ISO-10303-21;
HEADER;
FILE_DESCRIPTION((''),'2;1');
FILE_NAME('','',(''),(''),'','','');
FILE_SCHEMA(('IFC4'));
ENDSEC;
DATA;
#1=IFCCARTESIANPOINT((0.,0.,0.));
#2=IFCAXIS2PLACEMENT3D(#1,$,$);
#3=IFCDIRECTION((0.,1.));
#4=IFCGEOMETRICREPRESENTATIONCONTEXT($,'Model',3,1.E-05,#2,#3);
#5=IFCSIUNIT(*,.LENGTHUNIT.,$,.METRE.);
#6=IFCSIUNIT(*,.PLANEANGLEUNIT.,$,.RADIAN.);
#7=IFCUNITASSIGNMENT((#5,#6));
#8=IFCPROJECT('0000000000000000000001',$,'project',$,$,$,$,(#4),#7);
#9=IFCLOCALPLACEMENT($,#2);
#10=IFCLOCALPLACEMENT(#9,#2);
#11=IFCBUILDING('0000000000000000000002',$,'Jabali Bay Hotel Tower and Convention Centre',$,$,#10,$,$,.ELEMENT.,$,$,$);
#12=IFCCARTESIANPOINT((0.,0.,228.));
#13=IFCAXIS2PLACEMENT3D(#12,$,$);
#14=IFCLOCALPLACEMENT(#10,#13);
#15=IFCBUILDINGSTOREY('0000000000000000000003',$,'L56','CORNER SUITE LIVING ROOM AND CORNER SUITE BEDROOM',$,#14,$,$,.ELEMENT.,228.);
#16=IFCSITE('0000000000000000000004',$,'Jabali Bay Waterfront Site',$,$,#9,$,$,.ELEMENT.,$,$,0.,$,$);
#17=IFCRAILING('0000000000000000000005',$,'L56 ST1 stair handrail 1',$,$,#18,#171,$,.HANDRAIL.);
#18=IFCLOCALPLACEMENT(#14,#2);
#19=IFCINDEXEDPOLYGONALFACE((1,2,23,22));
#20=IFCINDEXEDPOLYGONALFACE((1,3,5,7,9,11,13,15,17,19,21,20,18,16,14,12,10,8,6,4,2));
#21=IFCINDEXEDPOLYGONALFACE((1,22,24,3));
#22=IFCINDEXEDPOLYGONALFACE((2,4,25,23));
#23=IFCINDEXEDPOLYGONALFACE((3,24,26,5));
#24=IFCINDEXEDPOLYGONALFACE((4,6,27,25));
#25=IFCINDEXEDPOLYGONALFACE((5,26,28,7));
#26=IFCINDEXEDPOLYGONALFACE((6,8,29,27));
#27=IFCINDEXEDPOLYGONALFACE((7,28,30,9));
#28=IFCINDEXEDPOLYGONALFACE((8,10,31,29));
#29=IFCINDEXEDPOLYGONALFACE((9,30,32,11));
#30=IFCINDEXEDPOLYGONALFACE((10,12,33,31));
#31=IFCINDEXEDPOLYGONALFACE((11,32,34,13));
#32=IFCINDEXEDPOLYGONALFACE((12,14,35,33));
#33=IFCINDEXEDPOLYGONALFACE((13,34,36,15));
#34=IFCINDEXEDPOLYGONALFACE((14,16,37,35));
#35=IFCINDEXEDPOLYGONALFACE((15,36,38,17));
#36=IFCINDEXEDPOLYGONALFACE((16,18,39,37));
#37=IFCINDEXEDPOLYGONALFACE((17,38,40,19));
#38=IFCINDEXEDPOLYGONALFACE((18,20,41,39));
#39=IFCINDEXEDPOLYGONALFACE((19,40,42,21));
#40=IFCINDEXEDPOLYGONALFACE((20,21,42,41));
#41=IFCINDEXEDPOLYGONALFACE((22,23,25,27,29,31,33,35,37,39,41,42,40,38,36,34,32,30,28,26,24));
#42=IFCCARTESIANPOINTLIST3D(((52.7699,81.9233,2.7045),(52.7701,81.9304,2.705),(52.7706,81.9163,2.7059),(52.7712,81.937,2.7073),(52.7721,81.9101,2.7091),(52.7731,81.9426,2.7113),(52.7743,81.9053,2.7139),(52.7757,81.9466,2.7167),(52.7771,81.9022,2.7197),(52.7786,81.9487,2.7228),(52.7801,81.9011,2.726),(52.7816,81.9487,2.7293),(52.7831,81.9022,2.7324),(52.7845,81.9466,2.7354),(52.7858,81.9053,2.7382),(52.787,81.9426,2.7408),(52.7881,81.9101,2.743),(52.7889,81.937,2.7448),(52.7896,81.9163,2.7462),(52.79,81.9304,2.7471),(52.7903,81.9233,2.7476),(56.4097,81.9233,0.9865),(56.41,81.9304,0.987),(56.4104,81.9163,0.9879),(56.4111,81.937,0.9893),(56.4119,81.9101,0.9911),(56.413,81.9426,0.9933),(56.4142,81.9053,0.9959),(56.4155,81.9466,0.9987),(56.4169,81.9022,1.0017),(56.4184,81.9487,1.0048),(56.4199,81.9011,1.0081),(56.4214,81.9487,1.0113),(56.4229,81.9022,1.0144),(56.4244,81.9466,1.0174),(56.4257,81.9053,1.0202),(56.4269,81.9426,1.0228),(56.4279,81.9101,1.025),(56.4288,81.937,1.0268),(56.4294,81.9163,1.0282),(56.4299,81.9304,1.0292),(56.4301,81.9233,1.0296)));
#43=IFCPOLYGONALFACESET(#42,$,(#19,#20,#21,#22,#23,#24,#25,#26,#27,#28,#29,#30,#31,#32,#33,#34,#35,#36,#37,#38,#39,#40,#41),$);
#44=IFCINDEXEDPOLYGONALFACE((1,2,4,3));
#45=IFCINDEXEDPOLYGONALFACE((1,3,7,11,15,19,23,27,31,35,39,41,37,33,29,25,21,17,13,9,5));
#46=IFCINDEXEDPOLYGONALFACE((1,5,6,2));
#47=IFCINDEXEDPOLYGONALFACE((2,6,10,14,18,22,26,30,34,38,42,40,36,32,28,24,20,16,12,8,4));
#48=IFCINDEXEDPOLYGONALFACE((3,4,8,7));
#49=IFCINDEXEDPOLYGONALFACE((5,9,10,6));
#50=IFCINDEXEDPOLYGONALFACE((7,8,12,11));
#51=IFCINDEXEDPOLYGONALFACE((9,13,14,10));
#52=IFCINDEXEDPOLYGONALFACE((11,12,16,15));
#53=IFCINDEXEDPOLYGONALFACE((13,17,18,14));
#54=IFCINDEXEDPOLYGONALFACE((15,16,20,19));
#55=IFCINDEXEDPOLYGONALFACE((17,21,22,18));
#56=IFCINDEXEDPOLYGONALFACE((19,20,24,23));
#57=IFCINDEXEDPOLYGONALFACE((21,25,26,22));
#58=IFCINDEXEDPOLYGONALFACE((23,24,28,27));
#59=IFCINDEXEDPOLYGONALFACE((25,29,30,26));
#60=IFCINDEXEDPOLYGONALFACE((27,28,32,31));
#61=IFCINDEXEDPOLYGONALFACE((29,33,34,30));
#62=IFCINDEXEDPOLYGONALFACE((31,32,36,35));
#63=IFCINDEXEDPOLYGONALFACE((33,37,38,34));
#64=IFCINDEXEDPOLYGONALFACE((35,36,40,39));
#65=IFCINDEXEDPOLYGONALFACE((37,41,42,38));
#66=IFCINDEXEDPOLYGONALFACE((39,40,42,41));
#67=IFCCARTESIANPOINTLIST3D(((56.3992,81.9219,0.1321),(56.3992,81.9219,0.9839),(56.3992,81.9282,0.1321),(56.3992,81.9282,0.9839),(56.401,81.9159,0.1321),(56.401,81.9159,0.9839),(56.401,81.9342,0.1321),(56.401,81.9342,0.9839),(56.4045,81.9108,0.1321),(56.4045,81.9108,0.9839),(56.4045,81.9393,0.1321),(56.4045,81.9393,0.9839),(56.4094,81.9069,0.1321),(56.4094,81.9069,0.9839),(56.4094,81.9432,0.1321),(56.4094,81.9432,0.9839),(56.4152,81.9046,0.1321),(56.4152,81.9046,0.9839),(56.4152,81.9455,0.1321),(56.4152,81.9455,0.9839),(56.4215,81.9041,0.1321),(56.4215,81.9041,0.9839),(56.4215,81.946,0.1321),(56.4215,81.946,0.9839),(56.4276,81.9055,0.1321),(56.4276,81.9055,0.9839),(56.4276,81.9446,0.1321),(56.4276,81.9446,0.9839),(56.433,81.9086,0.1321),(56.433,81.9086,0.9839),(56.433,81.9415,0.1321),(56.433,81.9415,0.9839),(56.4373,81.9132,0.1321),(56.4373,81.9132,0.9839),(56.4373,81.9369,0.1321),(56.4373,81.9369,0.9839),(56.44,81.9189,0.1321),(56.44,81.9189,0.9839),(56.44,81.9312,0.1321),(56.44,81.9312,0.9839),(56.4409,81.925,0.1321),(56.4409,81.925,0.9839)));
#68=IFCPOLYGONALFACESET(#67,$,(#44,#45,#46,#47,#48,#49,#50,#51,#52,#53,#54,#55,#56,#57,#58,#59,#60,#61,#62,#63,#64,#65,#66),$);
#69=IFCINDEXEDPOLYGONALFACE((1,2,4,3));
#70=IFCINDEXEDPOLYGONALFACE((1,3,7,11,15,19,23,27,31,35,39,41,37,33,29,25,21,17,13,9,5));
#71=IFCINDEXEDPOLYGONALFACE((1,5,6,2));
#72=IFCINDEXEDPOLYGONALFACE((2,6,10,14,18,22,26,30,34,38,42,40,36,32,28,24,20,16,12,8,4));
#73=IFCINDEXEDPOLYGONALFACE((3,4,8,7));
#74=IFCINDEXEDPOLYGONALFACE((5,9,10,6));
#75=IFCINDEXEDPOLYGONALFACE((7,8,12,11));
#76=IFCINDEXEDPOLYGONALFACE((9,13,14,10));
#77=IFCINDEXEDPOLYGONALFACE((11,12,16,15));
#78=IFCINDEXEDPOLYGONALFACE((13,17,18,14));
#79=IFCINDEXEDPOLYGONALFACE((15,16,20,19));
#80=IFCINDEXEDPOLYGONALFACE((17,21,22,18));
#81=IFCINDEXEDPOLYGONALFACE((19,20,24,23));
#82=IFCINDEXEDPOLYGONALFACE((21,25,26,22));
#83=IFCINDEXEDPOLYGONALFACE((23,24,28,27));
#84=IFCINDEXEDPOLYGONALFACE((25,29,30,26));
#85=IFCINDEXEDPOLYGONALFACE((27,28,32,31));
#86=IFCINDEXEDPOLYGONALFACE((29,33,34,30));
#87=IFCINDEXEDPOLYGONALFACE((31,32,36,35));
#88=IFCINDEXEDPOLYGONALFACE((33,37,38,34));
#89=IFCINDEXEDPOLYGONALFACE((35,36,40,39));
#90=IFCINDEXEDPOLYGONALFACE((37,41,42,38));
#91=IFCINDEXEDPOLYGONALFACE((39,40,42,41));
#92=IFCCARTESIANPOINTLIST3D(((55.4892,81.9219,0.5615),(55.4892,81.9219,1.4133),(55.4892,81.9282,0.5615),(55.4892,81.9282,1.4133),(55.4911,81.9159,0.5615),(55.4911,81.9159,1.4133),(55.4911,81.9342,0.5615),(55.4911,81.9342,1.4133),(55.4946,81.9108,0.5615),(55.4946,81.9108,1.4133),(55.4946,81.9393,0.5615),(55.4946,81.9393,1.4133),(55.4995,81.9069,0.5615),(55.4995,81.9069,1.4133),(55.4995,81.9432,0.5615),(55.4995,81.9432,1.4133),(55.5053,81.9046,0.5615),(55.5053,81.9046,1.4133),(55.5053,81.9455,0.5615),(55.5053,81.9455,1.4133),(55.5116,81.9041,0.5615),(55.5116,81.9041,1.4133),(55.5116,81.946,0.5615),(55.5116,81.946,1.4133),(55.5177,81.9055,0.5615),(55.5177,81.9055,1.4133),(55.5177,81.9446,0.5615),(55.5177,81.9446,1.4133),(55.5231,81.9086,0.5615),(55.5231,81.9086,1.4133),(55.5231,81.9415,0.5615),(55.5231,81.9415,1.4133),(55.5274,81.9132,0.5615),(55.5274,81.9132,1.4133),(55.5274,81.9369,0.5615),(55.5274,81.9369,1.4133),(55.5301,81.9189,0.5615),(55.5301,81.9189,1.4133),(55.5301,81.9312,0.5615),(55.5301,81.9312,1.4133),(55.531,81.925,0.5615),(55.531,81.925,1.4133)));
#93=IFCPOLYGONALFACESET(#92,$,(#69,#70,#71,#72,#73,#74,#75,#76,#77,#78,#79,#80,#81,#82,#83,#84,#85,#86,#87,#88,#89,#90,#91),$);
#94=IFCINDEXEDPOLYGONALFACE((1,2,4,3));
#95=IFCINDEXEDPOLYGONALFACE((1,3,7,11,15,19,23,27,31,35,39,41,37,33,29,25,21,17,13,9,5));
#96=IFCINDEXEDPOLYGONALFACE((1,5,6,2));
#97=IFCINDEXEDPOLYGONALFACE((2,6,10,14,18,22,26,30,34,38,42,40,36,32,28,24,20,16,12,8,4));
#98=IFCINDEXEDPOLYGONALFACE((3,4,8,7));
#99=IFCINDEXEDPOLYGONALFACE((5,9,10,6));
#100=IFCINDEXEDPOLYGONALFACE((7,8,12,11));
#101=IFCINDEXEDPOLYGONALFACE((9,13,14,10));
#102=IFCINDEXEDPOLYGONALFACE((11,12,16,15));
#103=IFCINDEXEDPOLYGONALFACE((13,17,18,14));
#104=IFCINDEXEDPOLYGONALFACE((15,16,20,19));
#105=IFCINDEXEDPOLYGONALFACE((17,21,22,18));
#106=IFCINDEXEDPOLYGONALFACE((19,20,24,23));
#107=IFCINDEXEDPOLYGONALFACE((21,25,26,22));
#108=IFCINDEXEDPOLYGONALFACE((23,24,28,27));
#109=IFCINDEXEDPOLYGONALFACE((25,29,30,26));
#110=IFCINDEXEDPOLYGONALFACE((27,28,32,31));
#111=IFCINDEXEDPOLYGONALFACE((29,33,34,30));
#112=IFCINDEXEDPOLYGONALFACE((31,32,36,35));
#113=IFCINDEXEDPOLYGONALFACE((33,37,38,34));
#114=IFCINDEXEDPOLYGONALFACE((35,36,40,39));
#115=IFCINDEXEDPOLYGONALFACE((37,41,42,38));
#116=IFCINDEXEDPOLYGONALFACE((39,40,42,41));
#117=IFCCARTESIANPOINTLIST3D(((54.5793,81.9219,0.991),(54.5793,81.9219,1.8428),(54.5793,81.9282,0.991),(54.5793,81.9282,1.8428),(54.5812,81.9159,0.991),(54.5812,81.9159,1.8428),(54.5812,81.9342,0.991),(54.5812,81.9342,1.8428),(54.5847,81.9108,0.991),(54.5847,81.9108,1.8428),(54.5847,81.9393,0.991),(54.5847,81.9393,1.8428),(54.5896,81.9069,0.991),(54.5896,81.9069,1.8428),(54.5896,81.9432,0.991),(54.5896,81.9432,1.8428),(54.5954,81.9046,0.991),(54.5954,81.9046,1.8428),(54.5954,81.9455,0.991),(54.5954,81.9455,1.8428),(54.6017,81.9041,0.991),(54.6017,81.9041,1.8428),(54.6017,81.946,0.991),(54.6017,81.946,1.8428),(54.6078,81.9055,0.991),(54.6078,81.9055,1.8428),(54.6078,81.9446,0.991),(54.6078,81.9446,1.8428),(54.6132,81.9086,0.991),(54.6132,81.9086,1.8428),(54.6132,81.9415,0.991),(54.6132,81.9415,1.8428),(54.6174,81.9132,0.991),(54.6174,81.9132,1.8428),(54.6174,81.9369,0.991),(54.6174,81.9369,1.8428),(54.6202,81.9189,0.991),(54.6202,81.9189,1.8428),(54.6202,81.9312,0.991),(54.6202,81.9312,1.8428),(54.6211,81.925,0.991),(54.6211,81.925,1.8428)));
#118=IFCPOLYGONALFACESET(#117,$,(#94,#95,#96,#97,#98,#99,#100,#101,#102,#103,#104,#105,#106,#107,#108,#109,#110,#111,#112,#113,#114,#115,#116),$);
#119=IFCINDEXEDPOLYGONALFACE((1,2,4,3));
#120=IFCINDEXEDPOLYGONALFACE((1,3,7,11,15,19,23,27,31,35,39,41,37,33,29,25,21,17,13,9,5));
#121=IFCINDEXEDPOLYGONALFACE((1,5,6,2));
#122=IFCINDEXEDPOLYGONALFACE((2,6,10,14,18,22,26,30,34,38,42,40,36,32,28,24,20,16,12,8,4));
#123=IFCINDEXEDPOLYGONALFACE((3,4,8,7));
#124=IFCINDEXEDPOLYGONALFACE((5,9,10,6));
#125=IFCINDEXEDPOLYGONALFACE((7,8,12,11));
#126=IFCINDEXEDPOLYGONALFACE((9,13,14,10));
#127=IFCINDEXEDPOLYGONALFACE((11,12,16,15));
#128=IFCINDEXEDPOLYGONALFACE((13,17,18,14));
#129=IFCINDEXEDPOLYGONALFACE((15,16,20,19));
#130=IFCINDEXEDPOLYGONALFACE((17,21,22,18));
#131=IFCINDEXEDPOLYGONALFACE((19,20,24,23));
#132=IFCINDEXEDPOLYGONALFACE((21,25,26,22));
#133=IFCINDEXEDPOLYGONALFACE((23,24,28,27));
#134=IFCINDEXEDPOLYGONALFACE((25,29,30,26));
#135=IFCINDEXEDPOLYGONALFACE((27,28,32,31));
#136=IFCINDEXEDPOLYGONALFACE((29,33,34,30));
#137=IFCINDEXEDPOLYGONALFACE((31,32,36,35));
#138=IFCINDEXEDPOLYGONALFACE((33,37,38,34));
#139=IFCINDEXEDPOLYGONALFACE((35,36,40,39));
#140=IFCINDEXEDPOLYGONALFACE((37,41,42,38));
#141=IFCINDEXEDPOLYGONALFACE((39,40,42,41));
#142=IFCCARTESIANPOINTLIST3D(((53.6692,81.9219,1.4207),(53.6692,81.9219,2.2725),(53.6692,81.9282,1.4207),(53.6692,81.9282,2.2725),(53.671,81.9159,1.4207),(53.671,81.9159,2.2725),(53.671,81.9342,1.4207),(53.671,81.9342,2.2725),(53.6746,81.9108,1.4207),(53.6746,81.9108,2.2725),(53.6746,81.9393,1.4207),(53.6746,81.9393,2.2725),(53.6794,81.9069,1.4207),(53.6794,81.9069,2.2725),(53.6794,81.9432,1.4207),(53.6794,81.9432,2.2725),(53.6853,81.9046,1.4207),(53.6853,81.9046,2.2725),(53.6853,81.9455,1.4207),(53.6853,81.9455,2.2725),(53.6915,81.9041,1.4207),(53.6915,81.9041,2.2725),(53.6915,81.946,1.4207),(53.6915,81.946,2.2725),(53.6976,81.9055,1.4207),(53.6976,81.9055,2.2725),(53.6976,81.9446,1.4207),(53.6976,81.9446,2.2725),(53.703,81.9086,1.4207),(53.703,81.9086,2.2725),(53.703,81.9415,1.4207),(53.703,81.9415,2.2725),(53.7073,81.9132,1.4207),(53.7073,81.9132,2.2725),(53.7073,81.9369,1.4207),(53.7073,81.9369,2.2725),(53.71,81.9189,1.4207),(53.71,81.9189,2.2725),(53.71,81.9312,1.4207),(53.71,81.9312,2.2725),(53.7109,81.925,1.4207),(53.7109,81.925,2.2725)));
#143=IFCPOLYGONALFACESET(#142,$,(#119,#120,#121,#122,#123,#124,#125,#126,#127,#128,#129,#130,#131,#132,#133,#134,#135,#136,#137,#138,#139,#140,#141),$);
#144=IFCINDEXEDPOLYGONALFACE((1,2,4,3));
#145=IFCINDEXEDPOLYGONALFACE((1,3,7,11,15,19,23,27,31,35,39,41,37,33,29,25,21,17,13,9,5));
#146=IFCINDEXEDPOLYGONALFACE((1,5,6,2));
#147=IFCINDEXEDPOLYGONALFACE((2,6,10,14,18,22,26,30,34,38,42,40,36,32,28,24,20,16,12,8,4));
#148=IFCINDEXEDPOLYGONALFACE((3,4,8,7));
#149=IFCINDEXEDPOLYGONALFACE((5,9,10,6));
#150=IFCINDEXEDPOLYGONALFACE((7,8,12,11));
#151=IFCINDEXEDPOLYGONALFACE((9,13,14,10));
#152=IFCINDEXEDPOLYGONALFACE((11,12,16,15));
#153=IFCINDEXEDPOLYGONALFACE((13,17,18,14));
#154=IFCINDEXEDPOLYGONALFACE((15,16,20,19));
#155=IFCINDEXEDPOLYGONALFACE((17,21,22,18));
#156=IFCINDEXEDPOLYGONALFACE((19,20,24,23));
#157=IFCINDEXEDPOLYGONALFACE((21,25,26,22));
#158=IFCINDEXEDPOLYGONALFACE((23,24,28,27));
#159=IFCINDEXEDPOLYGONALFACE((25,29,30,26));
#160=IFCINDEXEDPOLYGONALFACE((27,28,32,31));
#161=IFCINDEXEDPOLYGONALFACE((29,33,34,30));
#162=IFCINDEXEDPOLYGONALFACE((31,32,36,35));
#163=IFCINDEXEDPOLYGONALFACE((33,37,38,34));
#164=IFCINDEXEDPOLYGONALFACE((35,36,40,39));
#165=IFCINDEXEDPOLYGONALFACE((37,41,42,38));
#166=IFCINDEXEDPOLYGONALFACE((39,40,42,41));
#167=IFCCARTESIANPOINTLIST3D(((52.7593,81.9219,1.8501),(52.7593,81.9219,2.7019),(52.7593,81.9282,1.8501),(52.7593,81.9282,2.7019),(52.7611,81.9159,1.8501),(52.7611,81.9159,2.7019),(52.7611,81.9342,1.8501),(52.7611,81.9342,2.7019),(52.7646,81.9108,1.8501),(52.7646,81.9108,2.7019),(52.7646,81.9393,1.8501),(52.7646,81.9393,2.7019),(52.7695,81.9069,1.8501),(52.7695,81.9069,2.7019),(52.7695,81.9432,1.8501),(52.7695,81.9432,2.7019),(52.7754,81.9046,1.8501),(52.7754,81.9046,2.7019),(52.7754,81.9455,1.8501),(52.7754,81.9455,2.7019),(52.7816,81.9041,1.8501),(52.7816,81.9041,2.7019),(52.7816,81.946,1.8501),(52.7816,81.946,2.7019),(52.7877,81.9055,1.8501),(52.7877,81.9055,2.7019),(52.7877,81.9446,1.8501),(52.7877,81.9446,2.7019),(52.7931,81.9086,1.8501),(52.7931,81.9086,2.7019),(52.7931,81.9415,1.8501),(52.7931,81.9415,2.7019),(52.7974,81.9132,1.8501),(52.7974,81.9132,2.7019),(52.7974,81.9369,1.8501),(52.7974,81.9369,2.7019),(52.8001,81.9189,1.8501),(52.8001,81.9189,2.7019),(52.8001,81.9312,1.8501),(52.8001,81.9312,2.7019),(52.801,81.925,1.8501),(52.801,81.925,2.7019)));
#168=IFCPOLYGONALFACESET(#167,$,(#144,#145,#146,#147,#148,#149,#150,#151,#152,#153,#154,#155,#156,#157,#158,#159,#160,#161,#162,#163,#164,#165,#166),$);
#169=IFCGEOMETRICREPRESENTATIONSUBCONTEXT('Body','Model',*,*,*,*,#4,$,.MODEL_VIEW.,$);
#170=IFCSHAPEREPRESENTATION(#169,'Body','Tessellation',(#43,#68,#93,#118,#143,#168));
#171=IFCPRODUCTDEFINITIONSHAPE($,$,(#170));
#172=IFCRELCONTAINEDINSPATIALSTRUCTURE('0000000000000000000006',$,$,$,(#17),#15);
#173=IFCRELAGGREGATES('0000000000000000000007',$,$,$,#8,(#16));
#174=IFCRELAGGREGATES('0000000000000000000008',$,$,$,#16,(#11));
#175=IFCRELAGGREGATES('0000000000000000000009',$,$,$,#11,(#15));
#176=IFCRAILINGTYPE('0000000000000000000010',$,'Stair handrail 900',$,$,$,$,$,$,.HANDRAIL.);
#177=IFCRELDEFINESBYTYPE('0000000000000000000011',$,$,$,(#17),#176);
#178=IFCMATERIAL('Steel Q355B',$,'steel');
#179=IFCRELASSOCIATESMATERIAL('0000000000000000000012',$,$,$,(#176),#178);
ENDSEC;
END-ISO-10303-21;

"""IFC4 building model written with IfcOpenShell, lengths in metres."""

from ifc_helpers import new_model, si_unit, direction, frame, origin, origin_2d, place, context, subcontext, project, spatial, circle, extrude, material, type_object, element, save


model = new_model("IFC4")

# Units and contexts
model_context = context("Model", 3, precision=1e-05, world=origin(), true_north=direction((0.0, 1.0)))
body_context = subcontext(model_context, "Body", "Model", "MODEL_VIEW")
ifc_project = project(units=[si_unit("LENGTHUNIT", "METRE"), si_unit("PLANEANGLEUNIT", "RADIAN")], contexts=[model_context])

# Site, building, storey
site_placement = place(None, origin())
site = spatial("IfcSite", under=ifc_project, at=site_placement, Name="Jabali Bay Waterfront Site", CompositionType="ELEMENT", RefElevation=0.0)
building_placement = place(site_placement, origin())
building = spatial("IfcBuilding", under=site, at=building_placement, Name="Jabali Bay Hotel Tower and Convention Centre", CompositionType="ELEMENT")
storey_placement = place(building_placement, frame((0.0, 0.0, 228.0)))
storey = spatial("IfcBuildingStorey", under=building, at=storey_placement, Name="L56", Description="CORNER SUITE LIVING ROOM AND CORNER SUITE BEDROOM", CompositionType="ELEMENT", Elevation=228.0)

# Railing
ifc_material_1 = material(Name="Steel Q355B", Category="steel")
railing_type_1 = type_object("IfcRailingType", Name="Stair handrail 900", PredefinedType="HANDRAIL", material=ifc_material_1)
railing_1_placement = place(storey_placement, frame((56.4199, 81.925, 0.1321)))
element("IfcRailing", 1, at=railing_1_placement, inside=storey, type_object=railing_type_1, Name="L56 ST1 stair handrail 1", PredefinedType="HANDRAIL", context=body_context, shape_type="SweptSolid", body=[
    extrude(circle(Radius=0.0239, at=origin_2d()), frame((0.0, 0.0, 0.876), z_axis=(-0.904327, 0.0, 0.42684), x_axis=(0.0, -1.0, 0.0)), (0.0, 0.0, 1.0), 4.0249),
    extrude(circle(Radius=0.021, at=origin_2d()), origin(), (0.0, 0.0, 1.0), 0.8518),
    extrude(circle(Radius=0.021, at=origin_2d()), frame((-0.9099, 0.0, 0.4294)), (0.0, 0.0, 1.0), 0.8518),
    extrude(circle(Radius=0.021, at=origin_2d()), frame((-1.8198, 0.0, 0.8589)), (0.0, 0.0, 1.0), 0.8518),
    extrude(circle(Radius=0.021, at=origin_2d()), frame((-2.73, 0.0, 1.2886)), (0.0, 0.0, 1.0), 0.8518),
    extrude(circle(Radius=0.021, at=origin_2d()), frame((-3.6399, 0.0, 1.718)), (0.0, 0.0, 1.0), 0.8518),
])

save(model, "model.ifc")
